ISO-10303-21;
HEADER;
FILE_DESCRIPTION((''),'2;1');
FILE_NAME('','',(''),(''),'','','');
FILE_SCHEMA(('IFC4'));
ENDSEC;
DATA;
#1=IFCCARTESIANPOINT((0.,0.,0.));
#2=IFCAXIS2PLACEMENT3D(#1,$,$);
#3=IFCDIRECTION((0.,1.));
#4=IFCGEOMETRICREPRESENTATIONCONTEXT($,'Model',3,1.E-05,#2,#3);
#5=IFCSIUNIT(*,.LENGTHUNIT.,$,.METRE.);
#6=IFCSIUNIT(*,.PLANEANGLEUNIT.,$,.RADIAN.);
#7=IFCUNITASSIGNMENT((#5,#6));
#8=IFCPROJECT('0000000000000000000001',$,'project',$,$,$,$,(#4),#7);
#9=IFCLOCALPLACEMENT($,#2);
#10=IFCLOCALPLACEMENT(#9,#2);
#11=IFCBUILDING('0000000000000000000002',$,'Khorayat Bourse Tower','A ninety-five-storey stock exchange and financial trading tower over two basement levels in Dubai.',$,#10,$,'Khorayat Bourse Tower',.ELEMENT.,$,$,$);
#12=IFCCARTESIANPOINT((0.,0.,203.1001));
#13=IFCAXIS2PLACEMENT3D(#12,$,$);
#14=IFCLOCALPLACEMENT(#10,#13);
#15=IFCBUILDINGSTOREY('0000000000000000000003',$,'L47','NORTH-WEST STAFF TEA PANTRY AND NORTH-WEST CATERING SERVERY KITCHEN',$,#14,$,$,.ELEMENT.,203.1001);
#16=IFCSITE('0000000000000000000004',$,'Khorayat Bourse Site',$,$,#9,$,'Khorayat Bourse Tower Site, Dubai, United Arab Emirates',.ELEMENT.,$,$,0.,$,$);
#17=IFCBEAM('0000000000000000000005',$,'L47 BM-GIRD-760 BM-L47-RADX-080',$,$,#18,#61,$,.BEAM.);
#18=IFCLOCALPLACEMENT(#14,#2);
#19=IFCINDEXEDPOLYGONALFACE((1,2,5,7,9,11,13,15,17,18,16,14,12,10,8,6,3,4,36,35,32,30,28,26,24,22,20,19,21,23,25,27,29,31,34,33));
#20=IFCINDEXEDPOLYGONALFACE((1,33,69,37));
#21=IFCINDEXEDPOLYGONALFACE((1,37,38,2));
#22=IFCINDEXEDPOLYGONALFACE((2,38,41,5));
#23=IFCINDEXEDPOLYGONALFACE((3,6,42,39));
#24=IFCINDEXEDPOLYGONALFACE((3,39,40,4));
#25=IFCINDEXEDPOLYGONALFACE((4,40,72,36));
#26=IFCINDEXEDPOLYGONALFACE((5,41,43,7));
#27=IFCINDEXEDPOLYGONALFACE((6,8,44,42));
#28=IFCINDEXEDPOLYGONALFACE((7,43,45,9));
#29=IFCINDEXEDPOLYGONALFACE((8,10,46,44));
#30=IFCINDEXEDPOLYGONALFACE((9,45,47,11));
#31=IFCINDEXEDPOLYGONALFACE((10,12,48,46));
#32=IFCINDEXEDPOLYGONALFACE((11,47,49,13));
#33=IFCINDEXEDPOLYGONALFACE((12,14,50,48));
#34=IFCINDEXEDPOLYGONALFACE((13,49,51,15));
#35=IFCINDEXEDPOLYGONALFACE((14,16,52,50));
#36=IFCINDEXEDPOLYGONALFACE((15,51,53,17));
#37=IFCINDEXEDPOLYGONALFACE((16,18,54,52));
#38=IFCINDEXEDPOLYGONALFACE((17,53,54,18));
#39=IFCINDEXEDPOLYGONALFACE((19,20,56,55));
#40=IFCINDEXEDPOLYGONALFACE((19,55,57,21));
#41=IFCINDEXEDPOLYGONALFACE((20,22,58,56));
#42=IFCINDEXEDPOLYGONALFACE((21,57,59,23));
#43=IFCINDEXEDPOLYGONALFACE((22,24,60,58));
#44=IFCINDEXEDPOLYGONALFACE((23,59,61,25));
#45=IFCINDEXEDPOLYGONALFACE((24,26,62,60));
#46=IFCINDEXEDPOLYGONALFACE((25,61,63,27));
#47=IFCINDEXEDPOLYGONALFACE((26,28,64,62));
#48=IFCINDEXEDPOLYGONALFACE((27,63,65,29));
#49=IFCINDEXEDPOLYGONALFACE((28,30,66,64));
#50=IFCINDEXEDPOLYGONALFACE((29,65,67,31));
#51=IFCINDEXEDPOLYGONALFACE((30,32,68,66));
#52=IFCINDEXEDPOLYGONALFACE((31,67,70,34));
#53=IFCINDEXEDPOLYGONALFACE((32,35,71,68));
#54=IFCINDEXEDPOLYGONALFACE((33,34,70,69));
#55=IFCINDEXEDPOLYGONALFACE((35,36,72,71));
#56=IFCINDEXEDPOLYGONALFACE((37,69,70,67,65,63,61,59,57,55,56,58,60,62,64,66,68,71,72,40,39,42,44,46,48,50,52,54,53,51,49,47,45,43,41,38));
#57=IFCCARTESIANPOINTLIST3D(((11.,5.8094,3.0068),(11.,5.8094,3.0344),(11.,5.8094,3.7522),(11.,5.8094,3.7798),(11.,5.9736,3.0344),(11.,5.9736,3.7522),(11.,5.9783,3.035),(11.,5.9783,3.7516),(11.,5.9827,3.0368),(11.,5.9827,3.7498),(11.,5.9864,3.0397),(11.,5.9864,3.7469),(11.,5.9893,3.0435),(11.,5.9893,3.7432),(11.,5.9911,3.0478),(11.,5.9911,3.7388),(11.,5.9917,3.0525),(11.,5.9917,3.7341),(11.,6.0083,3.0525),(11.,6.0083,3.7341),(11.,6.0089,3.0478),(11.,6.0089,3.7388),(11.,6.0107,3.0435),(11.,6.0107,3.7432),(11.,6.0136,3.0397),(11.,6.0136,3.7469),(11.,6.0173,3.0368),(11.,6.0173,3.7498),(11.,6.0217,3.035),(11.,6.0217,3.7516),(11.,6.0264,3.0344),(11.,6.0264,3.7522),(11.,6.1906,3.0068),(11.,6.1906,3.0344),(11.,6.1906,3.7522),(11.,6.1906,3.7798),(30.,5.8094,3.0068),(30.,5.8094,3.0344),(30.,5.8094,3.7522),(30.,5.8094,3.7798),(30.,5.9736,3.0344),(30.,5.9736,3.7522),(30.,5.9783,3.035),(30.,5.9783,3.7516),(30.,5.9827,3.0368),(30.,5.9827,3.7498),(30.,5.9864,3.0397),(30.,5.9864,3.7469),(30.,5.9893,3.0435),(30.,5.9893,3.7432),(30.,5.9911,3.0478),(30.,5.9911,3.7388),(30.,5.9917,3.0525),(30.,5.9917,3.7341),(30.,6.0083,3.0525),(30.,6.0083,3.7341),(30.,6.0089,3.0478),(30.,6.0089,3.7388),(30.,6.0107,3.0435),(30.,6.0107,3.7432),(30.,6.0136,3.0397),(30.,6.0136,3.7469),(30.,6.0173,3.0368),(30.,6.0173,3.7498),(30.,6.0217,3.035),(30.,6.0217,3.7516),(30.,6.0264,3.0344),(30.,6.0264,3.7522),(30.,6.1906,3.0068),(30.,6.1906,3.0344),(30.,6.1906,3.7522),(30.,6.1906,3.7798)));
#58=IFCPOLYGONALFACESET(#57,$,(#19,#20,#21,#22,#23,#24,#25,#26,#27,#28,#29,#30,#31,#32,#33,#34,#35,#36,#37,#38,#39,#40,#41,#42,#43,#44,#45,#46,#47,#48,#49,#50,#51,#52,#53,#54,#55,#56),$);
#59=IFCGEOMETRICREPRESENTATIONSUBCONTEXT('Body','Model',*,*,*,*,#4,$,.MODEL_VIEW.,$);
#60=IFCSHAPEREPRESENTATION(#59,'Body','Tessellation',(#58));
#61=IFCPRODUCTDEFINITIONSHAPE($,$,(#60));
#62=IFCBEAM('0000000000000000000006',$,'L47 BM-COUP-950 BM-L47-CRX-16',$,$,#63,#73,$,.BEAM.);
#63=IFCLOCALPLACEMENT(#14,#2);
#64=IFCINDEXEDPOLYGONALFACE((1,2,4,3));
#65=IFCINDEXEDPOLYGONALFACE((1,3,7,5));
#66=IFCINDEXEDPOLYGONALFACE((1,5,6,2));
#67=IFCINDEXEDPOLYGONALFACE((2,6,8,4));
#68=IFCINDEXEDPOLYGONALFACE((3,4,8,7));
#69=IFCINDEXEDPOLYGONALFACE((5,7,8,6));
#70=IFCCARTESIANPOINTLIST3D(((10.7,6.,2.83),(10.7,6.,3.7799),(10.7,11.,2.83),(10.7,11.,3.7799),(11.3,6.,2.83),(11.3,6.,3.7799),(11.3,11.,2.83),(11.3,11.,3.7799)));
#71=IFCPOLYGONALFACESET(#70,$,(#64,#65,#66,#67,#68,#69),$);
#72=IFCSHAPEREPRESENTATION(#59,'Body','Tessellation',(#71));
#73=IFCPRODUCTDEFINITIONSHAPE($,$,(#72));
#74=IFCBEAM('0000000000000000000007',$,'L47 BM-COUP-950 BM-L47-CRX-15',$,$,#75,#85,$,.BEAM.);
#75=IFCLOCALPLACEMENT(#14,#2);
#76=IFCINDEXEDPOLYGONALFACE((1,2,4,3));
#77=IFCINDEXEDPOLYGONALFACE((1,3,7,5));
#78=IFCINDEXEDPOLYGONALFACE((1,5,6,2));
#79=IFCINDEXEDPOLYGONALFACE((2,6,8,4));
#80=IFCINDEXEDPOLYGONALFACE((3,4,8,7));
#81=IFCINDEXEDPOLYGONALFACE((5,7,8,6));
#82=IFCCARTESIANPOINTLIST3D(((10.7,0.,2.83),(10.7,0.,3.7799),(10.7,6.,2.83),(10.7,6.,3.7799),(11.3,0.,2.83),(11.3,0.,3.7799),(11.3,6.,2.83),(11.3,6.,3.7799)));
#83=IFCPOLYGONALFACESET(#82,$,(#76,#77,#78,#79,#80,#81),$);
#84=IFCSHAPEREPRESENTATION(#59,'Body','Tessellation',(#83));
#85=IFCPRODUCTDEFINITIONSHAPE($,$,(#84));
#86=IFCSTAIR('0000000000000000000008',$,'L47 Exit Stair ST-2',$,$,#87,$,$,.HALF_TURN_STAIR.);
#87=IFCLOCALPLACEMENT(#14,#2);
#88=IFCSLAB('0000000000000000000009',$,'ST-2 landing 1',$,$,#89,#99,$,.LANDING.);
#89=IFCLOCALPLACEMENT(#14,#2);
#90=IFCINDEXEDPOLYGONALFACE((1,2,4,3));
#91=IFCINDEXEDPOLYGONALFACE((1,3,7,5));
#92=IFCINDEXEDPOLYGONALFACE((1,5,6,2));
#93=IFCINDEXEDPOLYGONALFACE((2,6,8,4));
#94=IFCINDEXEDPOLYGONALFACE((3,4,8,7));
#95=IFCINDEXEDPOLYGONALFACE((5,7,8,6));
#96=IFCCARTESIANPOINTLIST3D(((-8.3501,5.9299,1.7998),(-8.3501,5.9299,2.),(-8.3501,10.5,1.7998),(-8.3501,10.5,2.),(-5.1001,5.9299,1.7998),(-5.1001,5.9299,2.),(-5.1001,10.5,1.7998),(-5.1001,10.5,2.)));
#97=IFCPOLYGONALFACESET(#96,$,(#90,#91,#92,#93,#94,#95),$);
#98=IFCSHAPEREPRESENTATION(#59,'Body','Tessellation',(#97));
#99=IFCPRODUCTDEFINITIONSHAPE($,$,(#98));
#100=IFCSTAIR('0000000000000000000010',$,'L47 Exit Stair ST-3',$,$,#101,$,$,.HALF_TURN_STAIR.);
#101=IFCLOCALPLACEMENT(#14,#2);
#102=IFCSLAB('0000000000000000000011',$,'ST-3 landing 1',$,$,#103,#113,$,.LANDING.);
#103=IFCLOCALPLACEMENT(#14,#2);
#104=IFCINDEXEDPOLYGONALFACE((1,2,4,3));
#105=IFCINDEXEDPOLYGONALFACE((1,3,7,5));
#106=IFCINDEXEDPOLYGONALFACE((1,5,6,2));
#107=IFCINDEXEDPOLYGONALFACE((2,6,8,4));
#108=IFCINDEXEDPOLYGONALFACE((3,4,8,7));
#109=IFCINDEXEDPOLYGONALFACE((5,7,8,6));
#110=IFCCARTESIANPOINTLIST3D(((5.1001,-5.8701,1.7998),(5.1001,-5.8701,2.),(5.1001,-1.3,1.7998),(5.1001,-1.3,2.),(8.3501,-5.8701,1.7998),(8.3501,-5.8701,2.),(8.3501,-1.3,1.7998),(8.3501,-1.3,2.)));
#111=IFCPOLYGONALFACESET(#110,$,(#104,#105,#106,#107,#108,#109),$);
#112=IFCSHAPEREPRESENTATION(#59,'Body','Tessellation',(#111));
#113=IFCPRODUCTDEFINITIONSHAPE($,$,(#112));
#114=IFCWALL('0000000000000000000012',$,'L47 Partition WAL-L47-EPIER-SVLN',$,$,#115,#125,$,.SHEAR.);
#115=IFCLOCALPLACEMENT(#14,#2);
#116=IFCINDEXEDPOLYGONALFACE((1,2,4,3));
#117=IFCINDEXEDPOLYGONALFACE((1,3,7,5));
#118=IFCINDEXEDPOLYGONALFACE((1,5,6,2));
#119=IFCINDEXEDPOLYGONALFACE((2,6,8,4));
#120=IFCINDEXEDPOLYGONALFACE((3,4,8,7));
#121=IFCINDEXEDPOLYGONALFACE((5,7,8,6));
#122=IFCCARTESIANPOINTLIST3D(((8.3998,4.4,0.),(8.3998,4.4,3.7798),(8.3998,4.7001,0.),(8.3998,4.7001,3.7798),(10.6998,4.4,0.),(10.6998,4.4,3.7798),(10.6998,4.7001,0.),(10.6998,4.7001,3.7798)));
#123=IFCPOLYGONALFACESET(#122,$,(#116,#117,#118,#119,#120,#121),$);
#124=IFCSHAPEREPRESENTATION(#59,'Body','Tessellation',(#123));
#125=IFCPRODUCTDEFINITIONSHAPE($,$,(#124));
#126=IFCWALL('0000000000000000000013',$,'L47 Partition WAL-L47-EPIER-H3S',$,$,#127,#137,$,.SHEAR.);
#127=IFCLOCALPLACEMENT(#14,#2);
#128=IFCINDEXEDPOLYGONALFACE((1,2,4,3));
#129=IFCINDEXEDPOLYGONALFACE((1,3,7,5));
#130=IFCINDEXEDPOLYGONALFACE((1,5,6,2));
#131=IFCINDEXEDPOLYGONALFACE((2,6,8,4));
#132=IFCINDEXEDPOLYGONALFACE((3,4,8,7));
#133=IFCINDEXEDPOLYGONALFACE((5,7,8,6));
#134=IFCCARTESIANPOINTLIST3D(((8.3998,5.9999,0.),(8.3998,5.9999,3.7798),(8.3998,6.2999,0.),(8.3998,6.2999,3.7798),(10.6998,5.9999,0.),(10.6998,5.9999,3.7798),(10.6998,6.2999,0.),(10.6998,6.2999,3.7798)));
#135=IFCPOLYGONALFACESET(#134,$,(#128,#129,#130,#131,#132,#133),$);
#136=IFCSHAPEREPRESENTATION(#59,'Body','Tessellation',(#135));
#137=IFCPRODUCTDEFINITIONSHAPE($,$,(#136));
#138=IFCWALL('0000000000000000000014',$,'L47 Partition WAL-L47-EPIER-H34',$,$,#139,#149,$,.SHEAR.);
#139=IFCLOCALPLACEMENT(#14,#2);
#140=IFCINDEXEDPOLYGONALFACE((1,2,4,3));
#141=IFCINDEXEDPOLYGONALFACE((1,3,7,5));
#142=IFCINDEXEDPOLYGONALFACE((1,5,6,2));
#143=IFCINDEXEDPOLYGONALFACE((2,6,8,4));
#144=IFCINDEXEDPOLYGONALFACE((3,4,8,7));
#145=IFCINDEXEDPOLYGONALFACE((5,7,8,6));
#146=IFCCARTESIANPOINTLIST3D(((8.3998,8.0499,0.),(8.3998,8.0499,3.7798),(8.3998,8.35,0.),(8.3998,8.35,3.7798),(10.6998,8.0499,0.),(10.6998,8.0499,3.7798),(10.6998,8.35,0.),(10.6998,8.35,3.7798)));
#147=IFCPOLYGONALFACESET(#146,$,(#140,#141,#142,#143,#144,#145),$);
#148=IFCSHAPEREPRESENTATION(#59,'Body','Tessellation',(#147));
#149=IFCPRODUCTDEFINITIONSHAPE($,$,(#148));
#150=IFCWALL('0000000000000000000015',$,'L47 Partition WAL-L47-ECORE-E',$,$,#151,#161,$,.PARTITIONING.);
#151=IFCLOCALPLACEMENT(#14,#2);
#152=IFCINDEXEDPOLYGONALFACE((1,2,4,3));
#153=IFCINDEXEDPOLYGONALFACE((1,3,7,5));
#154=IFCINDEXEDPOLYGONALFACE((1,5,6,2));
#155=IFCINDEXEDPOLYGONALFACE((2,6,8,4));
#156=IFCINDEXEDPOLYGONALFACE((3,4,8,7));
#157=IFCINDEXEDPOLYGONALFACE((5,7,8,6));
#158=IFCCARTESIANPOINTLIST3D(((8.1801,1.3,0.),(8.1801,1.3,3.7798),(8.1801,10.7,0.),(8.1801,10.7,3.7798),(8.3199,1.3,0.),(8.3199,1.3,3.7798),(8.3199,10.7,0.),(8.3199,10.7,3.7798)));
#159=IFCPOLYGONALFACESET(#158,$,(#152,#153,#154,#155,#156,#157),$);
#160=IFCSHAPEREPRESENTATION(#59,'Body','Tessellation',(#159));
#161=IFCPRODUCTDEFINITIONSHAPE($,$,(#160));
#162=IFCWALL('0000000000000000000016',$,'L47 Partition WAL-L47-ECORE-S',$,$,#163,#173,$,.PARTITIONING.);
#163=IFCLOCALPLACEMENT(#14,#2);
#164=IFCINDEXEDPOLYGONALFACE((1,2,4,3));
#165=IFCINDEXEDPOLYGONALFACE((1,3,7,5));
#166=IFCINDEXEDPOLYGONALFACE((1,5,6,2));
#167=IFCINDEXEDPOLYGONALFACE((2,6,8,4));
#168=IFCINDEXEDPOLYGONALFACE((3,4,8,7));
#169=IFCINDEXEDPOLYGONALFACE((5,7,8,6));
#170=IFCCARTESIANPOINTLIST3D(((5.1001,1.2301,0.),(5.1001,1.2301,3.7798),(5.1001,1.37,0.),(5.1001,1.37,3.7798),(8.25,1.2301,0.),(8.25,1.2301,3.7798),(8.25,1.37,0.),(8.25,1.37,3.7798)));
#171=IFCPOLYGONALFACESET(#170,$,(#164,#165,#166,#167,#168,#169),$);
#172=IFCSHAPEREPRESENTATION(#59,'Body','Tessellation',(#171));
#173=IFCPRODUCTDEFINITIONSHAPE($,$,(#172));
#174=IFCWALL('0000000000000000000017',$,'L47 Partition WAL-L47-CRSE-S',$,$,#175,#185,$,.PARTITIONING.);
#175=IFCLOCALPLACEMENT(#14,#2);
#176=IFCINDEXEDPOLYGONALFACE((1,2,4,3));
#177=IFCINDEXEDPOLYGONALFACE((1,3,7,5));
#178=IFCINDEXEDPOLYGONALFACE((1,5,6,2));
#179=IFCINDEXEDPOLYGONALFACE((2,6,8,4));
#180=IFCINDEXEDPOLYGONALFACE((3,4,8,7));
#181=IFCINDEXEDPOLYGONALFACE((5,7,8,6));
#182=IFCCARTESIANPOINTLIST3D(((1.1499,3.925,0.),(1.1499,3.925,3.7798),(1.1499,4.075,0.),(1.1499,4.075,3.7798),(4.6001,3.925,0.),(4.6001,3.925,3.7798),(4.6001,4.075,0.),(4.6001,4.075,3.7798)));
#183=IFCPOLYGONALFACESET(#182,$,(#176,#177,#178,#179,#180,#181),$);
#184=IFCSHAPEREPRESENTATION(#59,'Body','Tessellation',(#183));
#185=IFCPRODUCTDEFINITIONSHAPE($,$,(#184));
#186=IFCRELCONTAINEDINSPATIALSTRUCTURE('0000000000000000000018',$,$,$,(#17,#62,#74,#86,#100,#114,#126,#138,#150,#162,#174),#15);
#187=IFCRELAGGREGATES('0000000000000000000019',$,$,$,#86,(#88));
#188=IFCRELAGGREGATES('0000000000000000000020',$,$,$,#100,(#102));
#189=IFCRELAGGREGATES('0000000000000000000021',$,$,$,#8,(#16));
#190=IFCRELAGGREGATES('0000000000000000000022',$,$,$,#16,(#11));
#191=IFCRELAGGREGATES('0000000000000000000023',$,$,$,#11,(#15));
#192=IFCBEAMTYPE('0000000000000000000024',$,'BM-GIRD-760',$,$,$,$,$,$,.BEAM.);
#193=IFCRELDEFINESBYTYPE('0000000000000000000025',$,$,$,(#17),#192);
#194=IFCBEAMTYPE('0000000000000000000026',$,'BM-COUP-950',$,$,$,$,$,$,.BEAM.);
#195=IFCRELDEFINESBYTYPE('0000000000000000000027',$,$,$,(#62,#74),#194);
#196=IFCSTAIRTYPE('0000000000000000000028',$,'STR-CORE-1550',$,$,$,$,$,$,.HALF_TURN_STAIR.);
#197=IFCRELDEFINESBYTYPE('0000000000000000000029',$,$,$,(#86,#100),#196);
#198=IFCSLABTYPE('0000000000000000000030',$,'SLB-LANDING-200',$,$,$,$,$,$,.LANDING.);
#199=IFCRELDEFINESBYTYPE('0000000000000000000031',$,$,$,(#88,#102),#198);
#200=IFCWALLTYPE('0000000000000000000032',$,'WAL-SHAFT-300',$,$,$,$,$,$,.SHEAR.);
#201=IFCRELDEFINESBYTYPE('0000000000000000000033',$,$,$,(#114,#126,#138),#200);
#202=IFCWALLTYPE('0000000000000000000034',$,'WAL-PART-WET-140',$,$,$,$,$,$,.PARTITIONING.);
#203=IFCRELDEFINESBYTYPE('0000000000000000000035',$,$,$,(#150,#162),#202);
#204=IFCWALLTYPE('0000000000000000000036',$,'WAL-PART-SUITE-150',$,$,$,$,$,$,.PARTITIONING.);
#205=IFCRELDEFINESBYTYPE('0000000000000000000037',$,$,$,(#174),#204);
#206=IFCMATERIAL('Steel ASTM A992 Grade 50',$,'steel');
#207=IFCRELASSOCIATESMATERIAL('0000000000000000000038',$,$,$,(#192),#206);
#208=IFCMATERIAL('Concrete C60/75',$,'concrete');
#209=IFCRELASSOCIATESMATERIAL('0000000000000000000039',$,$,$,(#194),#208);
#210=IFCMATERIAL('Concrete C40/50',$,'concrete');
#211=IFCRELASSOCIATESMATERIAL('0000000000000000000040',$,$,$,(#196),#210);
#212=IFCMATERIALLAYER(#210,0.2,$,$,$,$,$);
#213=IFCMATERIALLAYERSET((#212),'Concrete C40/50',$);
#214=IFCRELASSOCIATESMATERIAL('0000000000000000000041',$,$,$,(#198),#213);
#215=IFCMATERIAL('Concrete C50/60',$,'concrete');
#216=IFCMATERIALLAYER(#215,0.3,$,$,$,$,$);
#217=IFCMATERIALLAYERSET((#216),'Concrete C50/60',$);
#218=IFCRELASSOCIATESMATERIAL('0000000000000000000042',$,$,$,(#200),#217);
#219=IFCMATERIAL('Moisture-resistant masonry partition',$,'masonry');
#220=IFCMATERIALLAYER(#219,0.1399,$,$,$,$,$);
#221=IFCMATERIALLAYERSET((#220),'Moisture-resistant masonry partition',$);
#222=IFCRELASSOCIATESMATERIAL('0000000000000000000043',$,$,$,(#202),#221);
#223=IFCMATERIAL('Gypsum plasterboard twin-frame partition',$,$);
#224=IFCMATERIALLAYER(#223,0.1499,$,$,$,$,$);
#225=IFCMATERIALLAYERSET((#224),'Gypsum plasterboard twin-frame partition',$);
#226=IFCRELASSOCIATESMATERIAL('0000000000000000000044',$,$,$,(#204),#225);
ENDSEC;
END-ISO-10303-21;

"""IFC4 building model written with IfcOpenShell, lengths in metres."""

from ifc_helpers import new_model, si_unit, direction, frame, frame_2d, origin, origin_2d, place, context, subcontext, project, spatial, polyline, rectangle, i_section, outline, extrude, source, transform, mapped, material, layer, layer_set, material_profile, profile_set, type_object, element, aggregate, save


model = new_model("IFC4")

# Units and contexts
model_context = context("Model", 3, precision=1e-05, world=origin(), true_north=direction((0.0, 1.0)))
body_context = subcontext(model_context, "Body", "Model", "MODEL_VIEW")
ifc_project = project(units=[si_unit("LENGTHUNIT", "METRE"), si_unit("PLANEANGLEUNIT", "RADIAN")], contexts=[model_context])

# Site, building, storey
site_placement = place(None, origin())
site = spatial("IfcSite", under=ifc_project, at=site_placement, Name="Khorayat Bourse Site", LongName="Khorayat Bourse Tower Site, Dubai, United Arab Emirates", CompositionType="ELEMENT", RefElevation=0.0)
building_placement = place(site_placement, origin())
building = spatial("IfcBuilding", under=site, at=building_placement, Name="Khorayat Bourse Tower", Description="A ninety-five-storey stock exchange and financial trading tower over two basement levels in Dubai.", LongName="Khorayat Bourse Tower", CompositionType="ELEMENT")
storey_placement = place(building_placement, frame((0.0, 0.0, 203.1001)))
storey = spatial("IfcBuildingStorey", under=building, at=storey_placement, Name="L47", Description="NORTH-WEST STAFF TEA PANTRY AND NORTH-WEST CATERING SERVERY KITCHEN", CompositionType="ELEMENT", Elevation=203.1001)

# Shared definitions
ifc_material_1 = material(Name="Concrete C60/75", Category="concrete")

# Beams
ifc_material_2 = material(Name="Steel ASTM A992 Grade 50", Category="steel")
ifc_material_profile_1 = material_profile(ifc_material_2, i_section(OverallWidth=0.3811, OverallDepth=0.7729, WebThickness=0.0166, FlangeThickness=0.0276, FilletRadius=0.0181, at=origin_2d()), Name="W760X257")
ifc_profile_set_1 = profile_set([ifc_material_profile_1], Name="Steel ASTM A992 Grade 50")
beam_type_1 = type_object("IfcBeamType", Name="BM-GIRD-760", PredefinedType="BEAM", material=ifc_profile_set_1)
shared_shape_1 = source(origin(), body_context, "Body", "SweptSolid", [
    extrude(i_section(OverallWidth=0.3811, OverallDepth=0.7729, WebThickness=0.0166, FlangeThickness=0.0276, FilletRadius=0.0181, at=origin_2d()), origin(), (0.0, 0.0, 1.0), 19.0),
])
for number, where, z_axis, x_axis, name in (
    (1, (11.0, 6.0, 3.3933), (1.0, 0.0, 0.0), (0.0, 1.0, 0.0), "L47 BM-GIRD-760 BM-L47-RADX-080"),
):
    element("IfcBeam", number, at=place(storey_placement, frame(where, z_axis=z_axis, x_axis=x_axis)), inside=storey, type_object=beam_type_1, Name=name, PredefinedType="BEAM", context=body_context, shape_type="MappedRepresentation", body=[
        mapped(shared_shape_1, transform((0.0, 0.0, 0.0), scale=1.0)),
    ])
ifc_material_profile_2 = material_profile(ifc_material_1, rectangle(XDim=0.6001, YDim=0.95, at=origin_2d()), Name="RC 600x950")
ifc_profile_set_2 = profile_set([ifc_material_profile_2], Name="Concrete C60/75")
beam_type_2 = type_object("IfcBeamType", Name="BM-COUP-950", PredefinedType="BEAM", material=ifc_profile_set_2)
shared_shape_2 = source(origin(), body_context, "Body", "SweptSolid", [
    extrude(rectangle(XDim=0.6001, YDim=0.95, at=origin_2d()), origin(), (0.0, 0.0, 1.0), 5.0),
])
beam_1_placement = place(storey_placement, frame((11.0, 6.0, 3.3049), z_axis=(0.0, 1.0, 0.0), x_axis=(-1.0, 0.0, 0.0)))
element("IfcBeam", 2, at=beam_1_placement, inside=storey, type_object=beam_type_2, Name="L47 BM-COUP-950 BM-L47-CRX-16", PredefinedType="BEAM", context=body_context, shape_type="MappedRepresentation", body=[
    mapped(shared_shape_2, transform((0.0, 0.0, 0.0), scale=1.0)),
])
shared_shape_3 = source(origin(), body_context, "Body", "SweptSolid", [
    extrude(rectangle(XDim=0.6001, YDim=0.95, at=origin_2d()), origin(), (0.0, 0.0, 1.0), 6.0),
])
beam_2_placement = place(storey_placement, frame((11.0, 0.0, 3.3049), z_axis=(0.0, 1.0, 0.0), x_axis=(-1.0, 0.0, 0.0)))
element("IfcBeam", 3, at=beam_2_placement, inside=storey, type_object=beam_type_2, Name="L47 BM-COUP-950 BM-L47-CRX-15", PredefinedType="BEAM", context=body_context, shape_type="MappedRepresentation", body=[
    mapped(shared_shape_3, transform((0.0, 0.0, 0.0), scale=1.0)),
])

# Stairs, slabs
ifc_material_3 = material(Name="Concrete C40/50", Category="concrete")
stair_type = type_object("IfcStairType", Name="STR-CORE-1550", PredefinedType="HALF_TURN_STAIR", material=ifc_material_3)
stair_1_placement = place(storey_placement, origin())
stair_1 = element("IfcStair", 4, at=stair_1_placement, inside=storey, type_object=stair_type, Name="L47 Exit Stair ST-2", PredefinedType="HALF_TURN_STAIR")
ifc_layer_1 = layer(ifc_material_3, 0.2)
ifc_layer_set_1 = layer_set([ifc_layer_1], Name="Concrete C40/50")
slab_type = type_object("IfcSlabType", Name="SLB-LANDING-200", PredefinedType="LANDING", material=ifc_layer_set_1)
slab_1_placement = place(storey_placement, frame((0.0, 0.0, 1.7998)))
slab_1 = element("IfcSlab", 5, at=slab_1_placement, type_object=slab_type, Name="ST-2 landing 1", PredefinedType="LANDING", context=body_context, shape_type="SweptSolid", body=[
    extrude(outline(polyline([(-5.1001, 5.9299), (-5.1001, 10.5), (-8.3501, 10.5), (-8.3501, 5.9299), (-5.1001, 5.9299)])), origin(), (0.0, 0.0, 1.0), 0.2002),
])
aggregate(stair_1, [slab_1])
stair_2_placement = place(storey_placement, origin())
stair_2 = element("IfcStair", 6, at=stair_2_placement, inside=storey, type_object=stair_type, Name="L47 Exit Stair ST-3", PredefinedType="HALF_TURN_STAIR")
slab_2_placement = place(storey_placement, frame((0.0, 0.0, 1.7998)))
slab_2 = element("IfcSlab", 7, at=slab_2_placement, type_object=slab_type, Name="ST-3 landing 1", PredefinedType="LANDING", context=body_context, shape_type="SweptSolid", body=[
    extrude(outline(polyline([(8.3501, -5.8701), (8.3501, -1.3), (5.1001, -1.3), (5.1001, -5.8701), (8.3501, -5.8701)])), origin(), (0.0, 0.0, 1.0), 0.2002),
])
aggregate(stair_2, [slab_2])

# Walls
ifc_material_4 = material(Name="Concrete C50/60", Category="concrete")
ifc_layer_2 = layer(ifc_material_4, 0.3)
ifc_layer_set_2 = layer_set([ifc_layer_2], Name="Concrete C50/60")
wall_type_1 = type_object("IfcWallType", Name="WAL-SHAFT-300", PredefinedType="SHEAR", material=ifc_layer_set_2)
shared_shape_4 = source(origin(), body_context, "Body", "SweptSolid", [
    extrude(rectangle(XDim=2.3, YDim=0.3, at=frame_2d((1.1499, 0.0))), origin(), (0.0, 0.0, 1.0), 3.7798),
])
for number, where, z_axis, x_axis, name in (
    (8, (8.3999, 4.55, 0.0), (0.0, 0.0, 1.0), (1.0, 0.0, 0.0), "L47 Partition WAL-L47-EPIER-SVLN"),
    (9, (8.3999, 6.1499, 0.0), (0.0, 0.0, 1.0), (1.0, 0.0, 0.0), "L47 Partition WAL-L47-EPIER-H3S"),
    (10, (8.3999, 8.2, 0.0), (0.0, 0.0, 1.0), (1.0, 0.0, 0.0), "L47 Partition WAL-L47-EPIER-H34"),
):
    element("IfcWall", number, at=place(storey_placement, frame(where, z_axis=z_axis, x_axis=x_axis)), inside=storey, type_object=wall_type_1, Name=name, PredefinedType="SHEAR", context=body_context, shape_type="MappedRepresentation", body=[
        mapped(shared_shape_4, transform((0.0, 0.0, 0.0), scale=1.0)),
    ])
ifc_material_5 = material(Name="Moisture-resistant masonry partition", Category="masonry")
ifc_layer_3 = layer(ifc_material_5, 0.1399)
ifc_layer_set_3 = layer_set([ifc_layer_3], Name="Moisture-resistant masonry partition")
wall_type_2 = type_object("IfcWallType", Name="WAL-PART-WET-140", PredefinedType="PARTITIONING", material=ifc_layer_set_3)
shared_shape_5 = source(origin(), body_context, "Body", "SweptSolid", [
    extrude(rectangle(XDim=9.3999, YDim=0.1399, at=frame_2d((4.7, 0.0))), origin(), (0.0, 0.0, 1.0), 3.7798),
])
wall_1_placement = place(storey_placement, frame((8.25, 1.3, 0.0), z_axis=(0.0, 0.0, 1.0), x_axis=(0.0, 1.0, 0.0)))
element("IfcWall", 11, at=wall_1_placement, inside=storey, type_object=wall_type_2, Name="L47 Partition WAL-L47-ECORE-E", PredefinedType="PARTITIONING", context=body_context, shape_type="MappedRepresentation", body=[
    mapped(shared_shape_5, transform((0.0, 0.0, 0.0), scale=1.0)),
])
shared_shape_6 = source(origin(), body_context, "Body", "SweptSolid", [
    extrude(rectangle(XDim=3.1499, YDim=0.1399, at=frame_2d((1.575, 0.0))), origin(), (0.0, 0.0, 1.0), 3.7798),
])
wall_2_placement = place(storey_placement, frame((5.1001, 1.3, 0.0), z_axis=(0.0, 0.0, 1.0), x_axis=(1.0, 0.0, 0.0)))
element("IfcWall", 12, at=wall_2_placement, inside=storey, type_object=wall_type_2, Name="L47 Partition WAL-L47-ECORE-S", PredefinedType="PARTITIONING", context=body_context, shape_type="MappedRepresentation", body=[
    mapped(shared_shape_6, transform((0.0, 0.0, 0.0), scale=1.0)),
])

# Wall
ifc_material_6 = material(Name="Gypsum plasterboard twin-frame partition")
ifc_layer_4 = layer(ifc_material_6, 0.1499)
ifc_layer_set_4 = layer_set([ifc_layer_4], Name="Gypsum plasterboard twin-frame partition")
wall_type_3 = type_object("IfcWallType", Name="WAL-PART-SUITE-150", PredefinedType="PARTITIONING", material=ifc_layer_set_4)
shared_shape_7 = source(origin(), body_context, "Body", "SweptSolid", [
    extrude(rectangle(XDim=3.4502, YDim=0.1499, at=frame_2d((1.7251, 0.0))), origin(), (0.0, 0.0, 1.0), 3.7798),
])
wall_3_placement = place(storey_placement, frame((1.1499, 4.0, 0.0), z_axis=(0.0, 0.0, 1.0), x_axis=(1.0, 0.0, 0.0)))
element("IfcWall", 13, at=wall_3_placement, inside=storey, type_object=wall_type_3, Name="L47 Partition WAL-L47-CRSE-S", PredefinedType="PARTITIONING", context=body_context, shape_type="MappedRepresentation", body=[
    mapped(shared_shape_7, transform((0.0, 0.0, 0.0), scale=1.0)),
])

save(model, "model.ifc")
